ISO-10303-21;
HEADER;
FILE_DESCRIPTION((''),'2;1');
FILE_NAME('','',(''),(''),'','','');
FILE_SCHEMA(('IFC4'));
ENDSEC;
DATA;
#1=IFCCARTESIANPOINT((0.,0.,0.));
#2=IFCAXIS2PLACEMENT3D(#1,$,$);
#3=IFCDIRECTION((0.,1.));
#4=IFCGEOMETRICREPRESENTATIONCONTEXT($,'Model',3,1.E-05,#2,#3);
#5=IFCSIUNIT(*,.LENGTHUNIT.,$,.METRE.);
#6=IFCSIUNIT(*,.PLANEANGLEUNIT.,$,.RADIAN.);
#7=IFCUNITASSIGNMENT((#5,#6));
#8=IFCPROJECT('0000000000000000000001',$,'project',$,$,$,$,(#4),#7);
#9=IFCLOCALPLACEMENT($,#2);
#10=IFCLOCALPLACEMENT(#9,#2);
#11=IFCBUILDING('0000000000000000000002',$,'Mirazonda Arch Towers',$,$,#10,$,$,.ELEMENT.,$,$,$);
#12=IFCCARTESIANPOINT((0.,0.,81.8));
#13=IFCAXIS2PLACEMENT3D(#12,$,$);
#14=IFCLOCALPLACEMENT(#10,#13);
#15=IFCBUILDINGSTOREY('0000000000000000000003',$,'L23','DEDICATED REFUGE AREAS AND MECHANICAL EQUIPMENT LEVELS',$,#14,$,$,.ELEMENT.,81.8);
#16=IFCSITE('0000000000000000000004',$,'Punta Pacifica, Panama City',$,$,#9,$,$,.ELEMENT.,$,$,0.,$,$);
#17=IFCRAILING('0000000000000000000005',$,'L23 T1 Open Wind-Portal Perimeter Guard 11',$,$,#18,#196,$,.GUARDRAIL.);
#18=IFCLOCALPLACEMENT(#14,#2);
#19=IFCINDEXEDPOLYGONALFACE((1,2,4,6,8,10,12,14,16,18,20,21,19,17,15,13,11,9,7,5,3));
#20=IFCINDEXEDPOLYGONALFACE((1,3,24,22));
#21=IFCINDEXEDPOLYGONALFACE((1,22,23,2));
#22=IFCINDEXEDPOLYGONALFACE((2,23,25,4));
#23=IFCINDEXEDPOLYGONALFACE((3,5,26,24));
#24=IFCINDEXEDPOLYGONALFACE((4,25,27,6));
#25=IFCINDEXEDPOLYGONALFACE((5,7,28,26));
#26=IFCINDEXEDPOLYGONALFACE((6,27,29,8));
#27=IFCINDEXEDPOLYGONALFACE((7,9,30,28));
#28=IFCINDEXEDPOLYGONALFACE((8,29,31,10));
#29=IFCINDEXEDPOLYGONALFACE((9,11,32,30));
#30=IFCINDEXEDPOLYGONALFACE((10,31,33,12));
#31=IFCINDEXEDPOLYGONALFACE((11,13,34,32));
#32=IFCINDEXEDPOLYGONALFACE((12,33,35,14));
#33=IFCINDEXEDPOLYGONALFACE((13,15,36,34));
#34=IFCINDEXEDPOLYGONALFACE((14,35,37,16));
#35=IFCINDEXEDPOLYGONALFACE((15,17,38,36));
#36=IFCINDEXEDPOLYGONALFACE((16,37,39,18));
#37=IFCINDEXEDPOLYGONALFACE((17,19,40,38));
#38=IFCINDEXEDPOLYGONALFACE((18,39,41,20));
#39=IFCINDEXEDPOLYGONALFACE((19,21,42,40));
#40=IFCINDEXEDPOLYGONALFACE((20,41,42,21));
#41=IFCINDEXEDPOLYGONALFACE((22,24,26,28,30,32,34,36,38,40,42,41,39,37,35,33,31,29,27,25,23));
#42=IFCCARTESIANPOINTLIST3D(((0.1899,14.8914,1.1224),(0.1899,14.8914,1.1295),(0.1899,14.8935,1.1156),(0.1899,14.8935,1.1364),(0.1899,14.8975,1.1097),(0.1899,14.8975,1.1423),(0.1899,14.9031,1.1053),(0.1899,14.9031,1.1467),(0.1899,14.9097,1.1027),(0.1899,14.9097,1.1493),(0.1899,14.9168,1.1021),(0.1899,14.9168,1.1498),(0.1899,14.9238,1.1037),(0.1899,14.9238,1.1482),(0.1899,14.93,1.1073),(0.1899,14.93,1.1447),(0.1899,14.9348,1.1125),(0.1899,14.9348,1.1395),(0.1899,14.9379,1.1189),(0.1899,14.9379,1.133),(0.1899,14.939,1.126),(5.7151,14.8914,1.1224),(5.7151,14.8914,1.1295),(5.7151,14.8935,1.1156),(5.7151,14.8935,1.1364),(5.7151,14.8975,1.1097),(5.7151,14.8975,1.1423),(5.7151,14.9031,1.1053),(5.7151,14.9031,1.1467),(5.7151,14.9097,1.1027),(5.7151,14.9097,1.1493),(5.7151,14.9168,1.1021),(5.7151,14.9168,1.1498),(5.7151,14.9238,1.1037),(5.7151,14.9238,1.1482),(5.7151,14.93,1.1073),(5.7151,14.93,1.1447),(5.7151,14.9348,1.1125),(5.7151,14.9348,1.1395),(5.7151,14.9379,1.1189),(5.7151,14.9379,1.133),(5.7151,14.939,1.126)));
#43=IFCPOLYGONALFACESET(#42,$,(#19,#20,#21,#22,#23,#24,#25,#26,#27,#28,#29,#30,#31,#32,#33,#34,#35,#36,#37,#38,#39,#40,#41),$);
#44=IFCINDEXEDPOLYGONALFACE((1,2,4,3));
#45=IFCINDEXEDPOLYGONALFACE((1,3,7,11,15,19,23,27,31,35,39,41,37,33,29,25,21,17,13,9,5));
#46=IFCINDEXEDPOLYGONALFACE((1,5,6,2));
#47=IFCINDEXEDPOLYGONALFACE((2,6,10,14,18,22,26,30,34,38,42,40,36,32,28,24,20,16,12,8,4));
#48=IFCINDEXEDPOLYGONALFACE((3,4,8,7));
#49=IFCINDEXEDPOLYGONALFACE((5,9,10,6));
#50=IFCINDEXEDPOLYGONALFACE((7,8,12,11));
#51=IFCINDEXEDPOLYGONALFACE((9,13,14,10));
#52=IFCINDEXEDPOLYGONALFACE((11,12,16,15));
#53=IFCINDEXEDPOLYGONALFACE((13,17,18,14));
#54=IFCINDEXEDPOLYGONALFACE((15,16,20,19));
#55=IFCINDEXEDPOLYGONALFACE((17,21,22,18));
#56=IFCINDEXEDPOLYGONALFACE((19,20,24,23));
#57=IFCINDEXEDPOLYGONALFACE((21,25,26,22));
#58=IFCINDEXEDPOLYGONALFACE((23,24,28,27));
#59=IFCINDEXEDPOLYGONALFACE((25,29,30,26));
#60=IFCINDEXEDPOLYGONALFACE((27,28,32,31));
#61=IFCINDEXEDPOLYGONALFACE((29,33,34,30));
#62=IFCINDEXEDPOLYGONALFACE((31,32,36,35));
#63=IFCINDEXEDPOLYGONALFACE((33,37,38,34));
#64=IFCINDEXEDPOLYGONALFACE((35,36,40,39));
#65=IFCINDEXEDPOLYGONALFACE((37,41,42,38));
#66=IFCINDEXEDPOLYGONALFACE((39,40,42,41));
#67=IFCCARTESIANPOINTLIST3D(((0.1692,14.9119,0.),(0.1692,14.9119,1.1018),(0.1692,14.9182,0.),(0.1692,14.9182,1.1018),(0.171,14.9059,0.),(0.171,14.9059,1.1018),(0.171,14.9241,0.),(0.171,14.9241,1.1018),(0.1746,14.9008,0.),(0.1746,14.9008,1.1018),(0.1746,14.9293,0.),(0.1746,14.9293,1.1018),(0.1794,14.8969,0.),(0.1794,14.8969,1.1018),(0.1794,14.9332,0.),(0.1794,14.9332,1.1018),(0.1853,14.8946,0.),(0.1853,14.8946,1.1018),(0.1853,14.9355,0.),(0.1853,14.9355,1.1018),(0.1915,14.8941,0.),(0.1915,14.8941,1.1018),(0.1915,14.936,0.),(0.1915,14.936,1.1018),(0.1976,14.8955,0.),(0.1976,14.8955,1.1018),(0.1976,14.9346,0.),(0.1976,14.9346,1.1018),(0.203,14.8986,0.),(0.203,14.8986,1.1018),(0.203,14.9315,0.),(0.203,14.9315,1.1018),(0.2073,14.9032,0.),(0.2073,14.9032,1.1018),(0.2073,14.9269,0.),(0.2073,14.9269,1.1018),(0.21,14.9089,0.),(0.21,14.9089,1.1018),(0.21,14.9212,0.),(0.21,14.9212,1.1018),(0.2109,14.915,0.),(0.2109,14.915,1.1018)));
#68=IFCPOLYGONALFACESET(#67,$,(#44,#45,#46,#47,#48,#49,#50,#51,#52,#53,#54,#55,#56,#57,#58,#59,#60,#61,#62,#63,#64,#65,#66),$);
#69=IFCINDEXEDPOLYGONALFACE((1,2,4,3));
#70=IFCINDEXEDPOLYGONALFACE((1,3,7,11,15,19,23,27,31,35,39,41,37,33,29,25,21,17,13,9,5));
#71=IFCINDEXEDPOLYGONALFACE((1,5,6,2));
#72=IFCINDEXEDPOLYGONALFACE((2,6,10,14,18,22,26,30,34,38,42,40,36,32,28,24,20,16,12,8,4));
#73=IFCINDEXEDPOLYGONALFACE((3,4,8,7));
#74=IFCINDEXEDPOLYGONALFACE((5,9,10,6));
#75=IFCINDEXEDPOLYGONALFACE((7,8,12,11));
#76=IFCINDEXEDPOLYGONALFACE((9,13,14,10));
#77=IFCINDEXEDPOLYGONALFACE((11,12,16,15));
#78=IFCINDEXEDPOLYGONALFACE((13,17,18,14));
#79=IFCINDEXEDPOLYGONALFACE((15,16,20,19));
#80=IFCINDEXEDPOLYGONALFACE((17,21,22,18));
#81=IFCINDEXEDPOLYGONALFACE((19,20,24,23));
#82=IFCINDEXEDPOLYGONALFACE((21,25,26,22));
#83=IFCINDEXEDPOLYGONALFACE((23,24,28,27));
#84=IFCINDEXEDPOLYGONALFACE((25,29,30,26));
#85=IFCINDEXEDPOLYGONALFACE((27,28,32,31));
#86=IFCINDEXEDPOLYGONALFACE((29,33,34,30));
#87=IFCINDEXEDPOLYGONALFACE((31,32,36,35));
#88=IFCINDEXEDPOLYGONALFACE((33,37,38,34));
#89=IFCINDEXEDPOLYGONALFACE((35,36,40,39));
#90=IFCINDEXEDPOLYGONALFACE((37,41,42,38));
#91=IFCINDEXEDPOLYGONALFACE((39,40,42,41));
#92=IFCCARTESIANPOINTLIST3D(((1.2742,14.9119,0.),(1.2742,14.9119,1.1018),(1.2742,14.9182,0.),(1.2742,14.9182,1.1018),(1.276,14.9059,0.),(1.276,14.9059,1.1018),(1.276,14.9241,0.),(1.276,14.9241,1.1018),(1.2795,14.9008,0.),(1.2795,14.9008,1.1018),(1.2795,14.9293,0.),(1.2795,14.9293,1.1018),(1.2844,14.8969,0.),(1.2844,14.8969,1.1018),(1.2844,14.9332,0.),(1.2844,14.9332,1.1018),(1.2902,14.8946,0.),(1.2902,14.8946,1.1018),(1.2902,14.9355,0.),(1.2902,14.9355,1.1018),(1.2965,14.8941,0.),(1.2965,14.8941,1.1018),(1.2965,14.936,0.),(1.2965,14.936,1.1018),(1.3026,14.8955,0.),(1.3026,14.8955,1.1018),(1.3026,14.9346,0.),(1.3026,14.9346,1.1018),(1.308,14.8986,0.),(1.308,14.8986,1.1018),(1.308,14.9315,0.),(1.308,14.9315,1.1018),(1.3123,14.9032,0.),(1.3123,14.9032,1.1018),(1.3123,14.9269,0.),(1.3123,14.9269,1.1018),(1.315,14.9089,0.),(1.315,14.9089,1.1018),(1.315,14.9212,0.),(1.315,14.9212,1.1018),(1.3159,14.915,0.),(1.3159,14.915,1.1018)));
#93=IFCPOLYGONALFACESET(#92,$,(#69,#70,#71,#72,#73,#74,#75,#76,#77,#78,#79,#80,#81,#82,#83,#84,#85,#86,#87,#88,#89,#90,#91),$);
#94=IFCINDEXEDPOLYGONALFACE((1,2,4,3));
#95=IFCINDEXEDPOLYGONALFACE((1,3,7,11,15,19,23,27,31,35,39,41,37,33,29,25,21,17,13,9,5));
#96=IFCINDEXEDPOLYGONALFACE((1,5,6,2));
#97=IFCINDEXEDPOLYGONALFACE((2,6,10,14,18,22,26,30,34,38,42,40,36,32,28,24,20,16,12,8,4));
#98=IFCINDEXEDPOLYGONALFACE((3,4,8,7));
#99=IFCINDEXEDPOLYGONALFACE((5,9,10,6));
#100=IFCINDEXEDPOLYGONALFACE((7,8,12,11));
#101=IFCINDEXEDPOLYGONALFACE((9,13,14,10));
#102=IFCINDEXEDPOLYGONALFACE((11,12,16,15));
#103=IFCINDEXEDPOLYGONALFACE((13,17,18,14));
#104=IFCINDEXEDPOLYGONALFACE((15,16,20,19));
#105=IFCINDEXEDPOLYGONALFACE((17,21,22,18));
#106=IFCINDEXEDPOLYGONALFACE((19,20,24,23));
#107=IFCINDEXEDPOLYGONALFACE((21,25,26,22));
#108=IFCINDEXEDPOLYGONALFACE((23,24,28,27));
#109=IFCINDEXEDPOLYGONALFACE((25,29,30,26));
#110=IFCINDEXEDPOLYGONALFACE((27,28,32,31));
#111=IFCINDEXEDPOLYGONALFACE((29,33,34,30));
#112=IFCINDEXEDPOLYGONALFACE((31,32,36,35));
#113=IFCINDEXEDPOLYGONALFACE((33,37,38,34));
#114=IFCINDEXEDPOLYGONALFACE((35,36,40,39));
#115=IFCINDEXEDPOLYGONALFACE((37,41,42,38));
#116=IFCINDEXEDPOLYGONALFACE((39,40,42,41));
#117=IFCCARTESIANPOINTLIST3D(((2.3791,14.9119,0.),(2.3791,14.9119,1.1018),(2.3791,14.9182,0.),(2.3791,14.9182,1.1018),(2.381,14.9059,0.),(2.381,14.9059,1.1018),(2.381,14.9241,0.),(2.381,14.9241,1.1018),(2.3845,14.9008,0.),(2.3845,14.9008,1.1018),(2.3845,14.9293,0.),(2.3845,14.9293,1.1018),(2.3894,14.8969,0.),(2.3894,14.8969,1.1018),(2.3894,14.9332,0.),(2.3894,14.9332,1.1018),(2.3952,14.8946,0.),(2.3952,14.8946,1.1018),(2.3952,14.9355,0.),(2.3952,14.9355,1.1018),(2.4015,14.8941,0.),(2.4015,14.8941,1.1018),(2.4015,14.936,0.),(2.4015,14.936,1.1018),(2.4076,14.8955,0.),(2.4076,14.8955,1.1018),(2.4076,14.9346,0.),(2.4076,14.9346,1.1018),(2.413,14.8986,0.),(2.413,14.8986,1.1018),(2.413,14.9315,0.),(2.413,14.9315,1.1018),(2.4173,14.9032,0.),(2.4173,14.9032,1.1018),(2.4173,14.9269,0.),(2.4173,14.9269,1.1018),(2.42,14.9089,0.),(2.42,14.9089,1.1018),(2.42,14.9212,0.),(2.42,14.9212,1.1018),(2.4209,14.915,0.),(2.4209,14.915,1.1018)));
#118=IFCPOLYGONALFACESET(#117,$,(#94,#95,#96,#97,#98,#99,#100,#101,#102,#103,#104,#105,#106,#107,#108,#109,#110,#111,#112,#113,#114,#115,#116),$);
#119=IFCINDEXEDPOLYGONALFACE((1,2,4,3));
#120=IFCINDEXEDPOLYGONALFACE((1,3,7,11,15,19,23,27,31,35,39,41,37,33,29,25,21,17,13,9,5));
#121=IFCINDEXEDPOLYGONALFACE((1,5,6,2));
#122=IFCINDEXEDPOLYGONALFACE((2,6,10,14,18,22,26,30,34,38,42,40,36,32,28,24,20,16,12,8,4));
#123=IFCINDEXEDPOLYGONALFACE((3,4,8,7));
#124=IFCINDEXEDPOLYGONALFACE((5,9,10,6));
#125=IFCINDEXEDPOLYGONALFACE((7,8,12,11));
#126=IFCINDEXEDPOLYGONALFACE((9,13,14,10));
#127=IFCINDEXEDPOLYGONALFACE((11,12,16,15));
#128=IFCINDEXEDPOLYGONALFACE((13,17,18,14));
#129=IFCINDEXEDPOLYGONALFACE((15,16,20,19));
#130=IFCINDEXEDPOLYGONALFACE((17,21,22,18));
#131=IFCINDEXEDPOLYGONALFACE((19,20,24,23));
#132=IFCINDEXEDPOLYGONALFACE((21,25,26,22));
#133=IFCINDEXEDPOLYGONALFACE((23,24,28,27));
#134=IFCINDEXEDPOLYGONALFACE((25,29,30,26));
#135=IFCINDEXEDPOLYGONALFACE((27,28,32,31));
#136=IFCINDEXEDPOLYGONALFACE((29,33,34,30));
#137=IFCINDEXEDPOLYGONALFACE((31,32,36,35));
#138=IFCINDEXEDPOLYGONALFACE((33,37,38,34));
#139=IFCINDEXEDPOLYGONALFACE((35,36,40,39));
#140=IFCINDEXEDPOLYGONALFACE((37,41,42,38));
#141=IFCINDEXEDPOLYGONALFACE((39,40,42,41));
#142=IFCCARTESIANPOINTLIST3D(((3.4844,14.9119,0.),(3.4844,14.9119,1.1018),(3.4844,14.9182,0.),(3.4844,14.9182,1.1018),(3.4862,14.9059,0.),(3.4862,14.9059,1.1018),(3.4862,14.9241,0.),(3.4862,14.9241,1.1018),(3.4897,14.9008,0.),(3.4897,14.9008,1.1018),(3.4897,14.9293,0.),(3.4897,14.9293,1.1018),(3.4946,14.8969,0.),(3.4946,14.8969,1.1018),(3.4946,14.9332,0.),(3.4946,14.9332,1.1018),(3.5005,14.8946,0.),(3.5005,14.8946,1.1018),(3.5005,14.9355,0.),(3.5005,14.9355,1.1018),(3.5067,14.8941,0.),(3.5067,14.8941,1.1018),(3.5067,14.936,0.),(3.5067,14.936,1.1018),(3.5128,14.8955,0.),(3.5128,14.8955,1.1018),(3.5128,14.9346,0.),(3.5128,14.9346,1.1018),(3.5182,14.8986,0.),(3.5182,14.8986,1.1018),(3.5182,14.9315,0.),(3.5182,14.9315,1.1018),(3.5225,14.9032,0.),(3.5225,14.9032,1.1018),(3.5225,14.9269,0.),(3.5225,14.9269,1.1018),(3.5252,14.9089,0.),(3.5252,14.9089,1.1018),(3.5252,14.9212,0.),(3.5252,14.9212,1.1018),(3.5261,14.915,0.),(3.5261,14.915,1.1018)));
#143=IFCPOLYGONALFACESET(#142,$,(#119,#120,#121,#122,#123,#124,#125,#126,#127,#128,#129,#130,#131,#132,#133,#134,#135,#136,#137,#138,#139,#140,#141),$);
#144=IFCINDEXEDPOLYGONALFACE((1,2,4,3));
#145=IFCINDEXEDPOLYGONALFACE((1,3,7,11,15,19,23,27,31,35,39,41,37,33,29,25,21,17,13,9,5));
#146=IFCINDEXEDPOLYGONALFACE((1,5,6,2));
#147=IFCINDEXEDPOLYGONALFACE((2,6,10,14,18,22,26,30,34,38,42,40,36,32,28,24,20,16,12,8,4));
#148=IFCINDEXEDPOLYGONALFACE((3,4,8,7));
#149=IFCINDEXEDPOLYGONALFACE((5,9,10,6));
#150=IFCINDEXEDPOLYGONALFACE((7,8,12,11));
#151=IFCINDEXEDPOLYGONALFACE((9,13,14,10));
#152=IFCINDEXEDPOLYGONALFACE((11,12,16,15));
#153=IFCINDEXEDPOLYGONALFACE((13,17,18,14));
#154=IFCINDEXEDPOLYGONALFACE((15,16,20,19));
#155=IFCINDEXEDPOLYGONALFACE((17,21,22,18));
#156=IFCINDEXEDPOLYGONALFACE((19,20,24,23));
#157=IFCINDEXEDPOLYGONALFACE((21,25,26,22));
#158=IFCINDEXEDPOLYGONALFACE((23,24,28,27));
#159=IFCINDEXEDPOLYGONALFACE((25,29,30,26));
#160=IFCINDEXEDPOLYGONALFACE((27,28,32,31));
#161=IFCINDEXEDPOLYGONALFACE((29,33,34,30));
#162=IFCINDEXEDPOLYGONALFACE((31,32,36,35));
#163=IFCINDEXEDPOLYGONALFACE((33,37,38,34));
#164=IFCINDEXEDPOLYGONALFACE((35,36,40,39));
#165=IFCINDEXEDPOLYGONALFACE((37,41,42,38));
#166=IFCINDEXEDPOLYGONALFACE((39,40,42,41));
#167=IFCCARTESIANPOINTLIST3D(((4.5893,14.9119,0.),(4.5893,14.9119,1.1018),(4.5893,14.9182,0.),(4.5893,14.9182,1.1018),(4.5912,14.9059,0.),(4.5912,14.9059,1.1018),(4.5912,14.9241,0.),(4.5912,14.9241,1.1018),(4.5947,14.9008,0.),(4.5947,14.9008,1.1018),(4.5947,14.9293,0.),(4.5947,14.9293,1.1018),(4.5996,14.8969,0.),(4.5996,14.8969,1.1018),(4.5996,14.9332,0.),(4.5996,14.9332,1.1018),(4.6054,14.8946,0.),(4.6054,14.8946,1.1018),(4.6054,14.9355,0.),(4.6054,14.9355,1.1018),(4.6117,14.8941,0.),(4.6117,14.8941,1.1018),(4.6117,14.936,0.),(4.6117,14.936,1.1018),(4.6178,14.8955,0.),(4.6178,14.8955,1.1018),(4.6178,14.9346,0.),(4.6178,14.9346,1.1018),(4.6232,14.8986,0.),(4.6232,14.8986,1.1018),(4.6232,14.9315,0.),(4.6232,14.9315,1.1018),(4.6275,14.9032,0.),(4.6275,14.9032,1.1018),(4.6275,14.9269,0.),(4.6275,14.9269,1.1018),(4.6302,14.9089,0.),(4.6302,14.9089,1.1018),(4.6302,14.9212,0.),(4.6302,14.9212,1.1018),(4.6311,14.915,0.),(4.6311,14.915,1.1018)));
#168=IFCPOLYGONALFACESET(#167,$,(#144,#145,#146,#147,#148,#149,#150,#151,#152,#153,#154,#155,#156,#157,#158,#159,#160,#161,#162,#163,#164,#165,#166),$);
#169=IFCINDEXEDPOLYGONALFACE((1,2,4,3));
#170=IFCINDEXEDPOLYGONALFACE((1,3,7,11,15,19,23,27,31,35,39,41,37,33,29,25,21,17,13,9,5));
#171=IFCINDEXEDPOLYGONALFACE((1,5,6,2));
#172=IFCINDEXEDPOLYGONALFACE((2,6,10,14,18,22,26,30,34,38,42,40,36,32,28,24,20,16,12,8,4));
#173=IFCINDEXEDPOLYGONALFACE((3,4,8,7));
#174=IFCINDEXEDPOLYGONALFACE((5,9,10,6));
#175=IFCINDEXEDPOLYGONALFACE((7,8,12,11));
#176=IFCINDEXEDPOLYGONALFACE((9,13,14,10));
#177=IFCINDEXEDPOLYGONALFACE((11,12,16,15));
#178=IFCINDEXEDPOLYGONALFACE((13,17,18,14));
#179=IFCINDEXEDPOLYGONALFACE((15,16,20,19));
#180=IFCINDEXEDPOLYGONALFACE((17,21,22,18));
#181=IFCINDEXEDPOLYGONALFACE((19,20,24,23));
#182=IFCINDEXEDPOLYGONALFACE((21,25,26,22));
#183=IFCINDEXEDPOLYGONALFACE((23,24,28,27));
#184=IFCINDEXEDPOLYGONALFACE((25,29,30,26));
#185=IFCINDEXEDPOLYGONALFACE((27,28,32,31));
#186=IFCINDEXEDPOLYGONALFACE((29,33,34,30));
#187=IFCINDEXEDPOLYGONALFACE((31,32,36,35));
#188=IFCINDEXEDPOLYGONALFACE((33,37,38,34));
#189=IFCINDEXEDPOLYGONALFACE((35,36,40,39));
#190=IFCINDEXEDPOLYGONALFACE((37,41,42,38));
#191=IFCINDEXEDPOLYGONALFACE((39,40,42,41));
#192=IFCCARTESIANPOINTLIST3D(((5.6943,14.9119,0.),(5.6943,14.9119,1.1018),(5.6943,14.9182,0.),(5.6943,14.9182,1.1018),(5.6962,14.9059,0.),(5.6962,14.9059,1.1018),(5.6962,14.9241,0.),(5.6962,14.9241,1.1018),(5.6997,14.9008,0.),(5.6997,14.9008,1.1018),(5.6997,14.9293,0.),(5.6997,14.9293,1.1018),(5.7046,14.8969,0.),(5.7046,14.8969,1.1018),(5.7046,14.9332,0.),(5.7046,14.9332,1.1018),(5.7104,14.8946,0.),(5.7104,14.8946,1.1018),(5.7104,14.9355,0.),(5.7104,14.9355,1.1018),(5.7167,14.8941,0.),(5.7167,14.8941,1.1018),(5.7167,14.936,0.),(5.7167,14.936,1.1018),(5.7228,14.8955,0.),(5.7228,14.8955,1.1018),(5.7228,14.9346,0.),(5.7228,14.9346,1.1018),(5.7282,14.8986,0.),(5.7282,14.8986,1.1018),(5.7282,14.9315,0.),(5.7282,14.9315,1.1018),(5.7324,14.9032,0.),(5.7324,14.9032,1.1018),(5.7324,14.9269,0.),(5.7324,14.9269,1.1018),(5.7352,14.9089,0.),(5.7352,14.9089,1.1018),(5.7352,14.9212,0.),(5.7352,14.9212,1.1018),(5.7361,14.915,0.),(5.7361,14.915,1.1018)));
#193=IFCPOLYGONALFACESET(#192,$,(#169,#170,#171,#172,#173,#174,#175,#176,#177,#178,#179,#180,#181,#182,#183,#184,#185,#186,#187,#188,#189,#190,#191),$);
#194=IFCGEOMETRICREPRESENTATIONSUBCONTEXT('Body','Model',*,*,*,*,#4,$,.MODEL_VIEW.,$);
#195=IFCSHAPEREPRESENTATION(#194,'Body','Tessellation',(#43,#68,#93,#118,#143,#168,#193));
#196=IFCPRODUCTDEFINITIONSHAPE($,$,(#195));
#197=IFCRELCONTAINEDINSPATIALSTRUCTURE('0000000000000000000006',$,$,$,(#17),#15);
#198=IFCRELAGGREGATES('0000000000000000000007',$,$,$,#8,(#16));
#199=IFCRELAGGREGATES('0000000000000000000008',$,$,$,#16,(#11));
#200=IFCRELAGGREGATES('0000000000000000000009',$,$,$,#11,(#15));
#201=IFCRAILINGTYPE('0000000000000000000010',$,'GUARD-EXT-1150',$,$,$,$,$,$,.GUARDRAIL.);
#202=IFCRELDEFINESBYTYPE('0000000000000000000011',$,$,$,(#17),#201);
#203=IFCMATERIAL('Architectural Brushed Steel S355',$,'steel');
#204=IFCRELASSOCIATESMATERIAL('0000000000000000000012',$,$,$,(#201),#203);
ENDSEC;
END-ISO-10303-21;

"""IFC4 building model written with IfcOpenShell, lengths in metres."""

from ifc_helpers import new_model, si_unit, direction, frame, origin, origin_2d, place, context, subcontext, project, spatial, circle, extrude, material, type_object, element, save


model = new_model("IFC4")

# Units and contexts
model_context = context("Model", 3, precision=1e-05, world=origin(), true_north=direction((0.0, 1.0)))
body_context = subcontext(model_context, "Body", "Model", "MODEL_VIEW")
ifc_project = project(units=[si_unit("LENGTHUNIT", "METRE"), si_unit("PLANEANGLEUNIT", "RADIAN")], contexts=[model_context])

# Site, building, storey
site_placement = place(None, origin())
site = spatial("IfcSite", under=ifc_project, at=site_placement, Name="Punta Pacifica, Panama City", CompositionType="ELEMENT", RefElevation=0.0)
building_placement = place(site_placement, origin())
building = spatial("IfcBuilding", under=site, at=building_placement, Name="Mirazonda Arch Towers", CompositionType="ELEMENT")
storey_placement = place(building_placement, frame((0.0, 0.0, 81.8)))
storey = spatial("IfcBuildingStorey", under=building, at=storey_placement, Name="L23", Description="DEDICATED REFUGE AREAS AND MECHANICAL EQUIPMENT LEVELS", CompositionType="ELEMENT", Elevation=81.8)

# Shared definitions
ifc_material_1 = material(Name="Architectural Brushed Steel S355", Category="steel")

# Railing
railing_type_1 = type_object("IfcRailingType", Name="GUARD-EXT-1150", PredefinedType="GUARDRAIL", material=ifc_material_1)
railing_1_placement = place(storey_placement, frame((0.1899, 14.915, 0.0)))
element("IfcRailing", 1, at=railing_1_placement, inside=storey, type_object=railing_type_1, Name="L23 T1 Open Wind-Portal Perimeter Guard 11", PredefinedType="GUARDRAIL", context=body_context, shape_type="SweptSolid", body=[
    extrude(circle(Radius=0.0239, at=origin_2d()), frame((0.0, 0.0, 1.126), z_axis=(1.0, 0.0, 0.0), x_axis=(0.0, 1.0, 0.0)), (0.0, 0.0, 1.0), 5.5251),
    extrude(circle(Radius=0.021, at=origin_2d()), origin(), (0.0, 0.0, 1.0), 1.1018),
    extrude(circle(Radius=0.021, at=origin_2d()), frame((1.105, 0.0, 0.0)), (0.0, 0.0, 1.0), 1.1018),
    extrude(circle(Radius=0.021, at=origin_2d()), frame((2.21, 0.0, 0.0)), (0.0, 0.0, 1.0), 1.1018),
    extrude(circle(Radius=0.021, at=origin_2d()), frame((3.3152, 0.0, 0.0)), (0.0, 0.0, 1.0), 1.1018),
    extrude(circle(Radius=0.021, at=origin_2d()), frame((4.4202, 0.0, 0.0)), (0.0, 0.0, 1.0), 1.1018),
    extrude(circle(Radius=0.021, at=origin_2d()), frame((5.5251, 0.0, 0.0)), (0.0, 0.0, 1.0), 1.1018),
])

save(model, "model.ifc")
